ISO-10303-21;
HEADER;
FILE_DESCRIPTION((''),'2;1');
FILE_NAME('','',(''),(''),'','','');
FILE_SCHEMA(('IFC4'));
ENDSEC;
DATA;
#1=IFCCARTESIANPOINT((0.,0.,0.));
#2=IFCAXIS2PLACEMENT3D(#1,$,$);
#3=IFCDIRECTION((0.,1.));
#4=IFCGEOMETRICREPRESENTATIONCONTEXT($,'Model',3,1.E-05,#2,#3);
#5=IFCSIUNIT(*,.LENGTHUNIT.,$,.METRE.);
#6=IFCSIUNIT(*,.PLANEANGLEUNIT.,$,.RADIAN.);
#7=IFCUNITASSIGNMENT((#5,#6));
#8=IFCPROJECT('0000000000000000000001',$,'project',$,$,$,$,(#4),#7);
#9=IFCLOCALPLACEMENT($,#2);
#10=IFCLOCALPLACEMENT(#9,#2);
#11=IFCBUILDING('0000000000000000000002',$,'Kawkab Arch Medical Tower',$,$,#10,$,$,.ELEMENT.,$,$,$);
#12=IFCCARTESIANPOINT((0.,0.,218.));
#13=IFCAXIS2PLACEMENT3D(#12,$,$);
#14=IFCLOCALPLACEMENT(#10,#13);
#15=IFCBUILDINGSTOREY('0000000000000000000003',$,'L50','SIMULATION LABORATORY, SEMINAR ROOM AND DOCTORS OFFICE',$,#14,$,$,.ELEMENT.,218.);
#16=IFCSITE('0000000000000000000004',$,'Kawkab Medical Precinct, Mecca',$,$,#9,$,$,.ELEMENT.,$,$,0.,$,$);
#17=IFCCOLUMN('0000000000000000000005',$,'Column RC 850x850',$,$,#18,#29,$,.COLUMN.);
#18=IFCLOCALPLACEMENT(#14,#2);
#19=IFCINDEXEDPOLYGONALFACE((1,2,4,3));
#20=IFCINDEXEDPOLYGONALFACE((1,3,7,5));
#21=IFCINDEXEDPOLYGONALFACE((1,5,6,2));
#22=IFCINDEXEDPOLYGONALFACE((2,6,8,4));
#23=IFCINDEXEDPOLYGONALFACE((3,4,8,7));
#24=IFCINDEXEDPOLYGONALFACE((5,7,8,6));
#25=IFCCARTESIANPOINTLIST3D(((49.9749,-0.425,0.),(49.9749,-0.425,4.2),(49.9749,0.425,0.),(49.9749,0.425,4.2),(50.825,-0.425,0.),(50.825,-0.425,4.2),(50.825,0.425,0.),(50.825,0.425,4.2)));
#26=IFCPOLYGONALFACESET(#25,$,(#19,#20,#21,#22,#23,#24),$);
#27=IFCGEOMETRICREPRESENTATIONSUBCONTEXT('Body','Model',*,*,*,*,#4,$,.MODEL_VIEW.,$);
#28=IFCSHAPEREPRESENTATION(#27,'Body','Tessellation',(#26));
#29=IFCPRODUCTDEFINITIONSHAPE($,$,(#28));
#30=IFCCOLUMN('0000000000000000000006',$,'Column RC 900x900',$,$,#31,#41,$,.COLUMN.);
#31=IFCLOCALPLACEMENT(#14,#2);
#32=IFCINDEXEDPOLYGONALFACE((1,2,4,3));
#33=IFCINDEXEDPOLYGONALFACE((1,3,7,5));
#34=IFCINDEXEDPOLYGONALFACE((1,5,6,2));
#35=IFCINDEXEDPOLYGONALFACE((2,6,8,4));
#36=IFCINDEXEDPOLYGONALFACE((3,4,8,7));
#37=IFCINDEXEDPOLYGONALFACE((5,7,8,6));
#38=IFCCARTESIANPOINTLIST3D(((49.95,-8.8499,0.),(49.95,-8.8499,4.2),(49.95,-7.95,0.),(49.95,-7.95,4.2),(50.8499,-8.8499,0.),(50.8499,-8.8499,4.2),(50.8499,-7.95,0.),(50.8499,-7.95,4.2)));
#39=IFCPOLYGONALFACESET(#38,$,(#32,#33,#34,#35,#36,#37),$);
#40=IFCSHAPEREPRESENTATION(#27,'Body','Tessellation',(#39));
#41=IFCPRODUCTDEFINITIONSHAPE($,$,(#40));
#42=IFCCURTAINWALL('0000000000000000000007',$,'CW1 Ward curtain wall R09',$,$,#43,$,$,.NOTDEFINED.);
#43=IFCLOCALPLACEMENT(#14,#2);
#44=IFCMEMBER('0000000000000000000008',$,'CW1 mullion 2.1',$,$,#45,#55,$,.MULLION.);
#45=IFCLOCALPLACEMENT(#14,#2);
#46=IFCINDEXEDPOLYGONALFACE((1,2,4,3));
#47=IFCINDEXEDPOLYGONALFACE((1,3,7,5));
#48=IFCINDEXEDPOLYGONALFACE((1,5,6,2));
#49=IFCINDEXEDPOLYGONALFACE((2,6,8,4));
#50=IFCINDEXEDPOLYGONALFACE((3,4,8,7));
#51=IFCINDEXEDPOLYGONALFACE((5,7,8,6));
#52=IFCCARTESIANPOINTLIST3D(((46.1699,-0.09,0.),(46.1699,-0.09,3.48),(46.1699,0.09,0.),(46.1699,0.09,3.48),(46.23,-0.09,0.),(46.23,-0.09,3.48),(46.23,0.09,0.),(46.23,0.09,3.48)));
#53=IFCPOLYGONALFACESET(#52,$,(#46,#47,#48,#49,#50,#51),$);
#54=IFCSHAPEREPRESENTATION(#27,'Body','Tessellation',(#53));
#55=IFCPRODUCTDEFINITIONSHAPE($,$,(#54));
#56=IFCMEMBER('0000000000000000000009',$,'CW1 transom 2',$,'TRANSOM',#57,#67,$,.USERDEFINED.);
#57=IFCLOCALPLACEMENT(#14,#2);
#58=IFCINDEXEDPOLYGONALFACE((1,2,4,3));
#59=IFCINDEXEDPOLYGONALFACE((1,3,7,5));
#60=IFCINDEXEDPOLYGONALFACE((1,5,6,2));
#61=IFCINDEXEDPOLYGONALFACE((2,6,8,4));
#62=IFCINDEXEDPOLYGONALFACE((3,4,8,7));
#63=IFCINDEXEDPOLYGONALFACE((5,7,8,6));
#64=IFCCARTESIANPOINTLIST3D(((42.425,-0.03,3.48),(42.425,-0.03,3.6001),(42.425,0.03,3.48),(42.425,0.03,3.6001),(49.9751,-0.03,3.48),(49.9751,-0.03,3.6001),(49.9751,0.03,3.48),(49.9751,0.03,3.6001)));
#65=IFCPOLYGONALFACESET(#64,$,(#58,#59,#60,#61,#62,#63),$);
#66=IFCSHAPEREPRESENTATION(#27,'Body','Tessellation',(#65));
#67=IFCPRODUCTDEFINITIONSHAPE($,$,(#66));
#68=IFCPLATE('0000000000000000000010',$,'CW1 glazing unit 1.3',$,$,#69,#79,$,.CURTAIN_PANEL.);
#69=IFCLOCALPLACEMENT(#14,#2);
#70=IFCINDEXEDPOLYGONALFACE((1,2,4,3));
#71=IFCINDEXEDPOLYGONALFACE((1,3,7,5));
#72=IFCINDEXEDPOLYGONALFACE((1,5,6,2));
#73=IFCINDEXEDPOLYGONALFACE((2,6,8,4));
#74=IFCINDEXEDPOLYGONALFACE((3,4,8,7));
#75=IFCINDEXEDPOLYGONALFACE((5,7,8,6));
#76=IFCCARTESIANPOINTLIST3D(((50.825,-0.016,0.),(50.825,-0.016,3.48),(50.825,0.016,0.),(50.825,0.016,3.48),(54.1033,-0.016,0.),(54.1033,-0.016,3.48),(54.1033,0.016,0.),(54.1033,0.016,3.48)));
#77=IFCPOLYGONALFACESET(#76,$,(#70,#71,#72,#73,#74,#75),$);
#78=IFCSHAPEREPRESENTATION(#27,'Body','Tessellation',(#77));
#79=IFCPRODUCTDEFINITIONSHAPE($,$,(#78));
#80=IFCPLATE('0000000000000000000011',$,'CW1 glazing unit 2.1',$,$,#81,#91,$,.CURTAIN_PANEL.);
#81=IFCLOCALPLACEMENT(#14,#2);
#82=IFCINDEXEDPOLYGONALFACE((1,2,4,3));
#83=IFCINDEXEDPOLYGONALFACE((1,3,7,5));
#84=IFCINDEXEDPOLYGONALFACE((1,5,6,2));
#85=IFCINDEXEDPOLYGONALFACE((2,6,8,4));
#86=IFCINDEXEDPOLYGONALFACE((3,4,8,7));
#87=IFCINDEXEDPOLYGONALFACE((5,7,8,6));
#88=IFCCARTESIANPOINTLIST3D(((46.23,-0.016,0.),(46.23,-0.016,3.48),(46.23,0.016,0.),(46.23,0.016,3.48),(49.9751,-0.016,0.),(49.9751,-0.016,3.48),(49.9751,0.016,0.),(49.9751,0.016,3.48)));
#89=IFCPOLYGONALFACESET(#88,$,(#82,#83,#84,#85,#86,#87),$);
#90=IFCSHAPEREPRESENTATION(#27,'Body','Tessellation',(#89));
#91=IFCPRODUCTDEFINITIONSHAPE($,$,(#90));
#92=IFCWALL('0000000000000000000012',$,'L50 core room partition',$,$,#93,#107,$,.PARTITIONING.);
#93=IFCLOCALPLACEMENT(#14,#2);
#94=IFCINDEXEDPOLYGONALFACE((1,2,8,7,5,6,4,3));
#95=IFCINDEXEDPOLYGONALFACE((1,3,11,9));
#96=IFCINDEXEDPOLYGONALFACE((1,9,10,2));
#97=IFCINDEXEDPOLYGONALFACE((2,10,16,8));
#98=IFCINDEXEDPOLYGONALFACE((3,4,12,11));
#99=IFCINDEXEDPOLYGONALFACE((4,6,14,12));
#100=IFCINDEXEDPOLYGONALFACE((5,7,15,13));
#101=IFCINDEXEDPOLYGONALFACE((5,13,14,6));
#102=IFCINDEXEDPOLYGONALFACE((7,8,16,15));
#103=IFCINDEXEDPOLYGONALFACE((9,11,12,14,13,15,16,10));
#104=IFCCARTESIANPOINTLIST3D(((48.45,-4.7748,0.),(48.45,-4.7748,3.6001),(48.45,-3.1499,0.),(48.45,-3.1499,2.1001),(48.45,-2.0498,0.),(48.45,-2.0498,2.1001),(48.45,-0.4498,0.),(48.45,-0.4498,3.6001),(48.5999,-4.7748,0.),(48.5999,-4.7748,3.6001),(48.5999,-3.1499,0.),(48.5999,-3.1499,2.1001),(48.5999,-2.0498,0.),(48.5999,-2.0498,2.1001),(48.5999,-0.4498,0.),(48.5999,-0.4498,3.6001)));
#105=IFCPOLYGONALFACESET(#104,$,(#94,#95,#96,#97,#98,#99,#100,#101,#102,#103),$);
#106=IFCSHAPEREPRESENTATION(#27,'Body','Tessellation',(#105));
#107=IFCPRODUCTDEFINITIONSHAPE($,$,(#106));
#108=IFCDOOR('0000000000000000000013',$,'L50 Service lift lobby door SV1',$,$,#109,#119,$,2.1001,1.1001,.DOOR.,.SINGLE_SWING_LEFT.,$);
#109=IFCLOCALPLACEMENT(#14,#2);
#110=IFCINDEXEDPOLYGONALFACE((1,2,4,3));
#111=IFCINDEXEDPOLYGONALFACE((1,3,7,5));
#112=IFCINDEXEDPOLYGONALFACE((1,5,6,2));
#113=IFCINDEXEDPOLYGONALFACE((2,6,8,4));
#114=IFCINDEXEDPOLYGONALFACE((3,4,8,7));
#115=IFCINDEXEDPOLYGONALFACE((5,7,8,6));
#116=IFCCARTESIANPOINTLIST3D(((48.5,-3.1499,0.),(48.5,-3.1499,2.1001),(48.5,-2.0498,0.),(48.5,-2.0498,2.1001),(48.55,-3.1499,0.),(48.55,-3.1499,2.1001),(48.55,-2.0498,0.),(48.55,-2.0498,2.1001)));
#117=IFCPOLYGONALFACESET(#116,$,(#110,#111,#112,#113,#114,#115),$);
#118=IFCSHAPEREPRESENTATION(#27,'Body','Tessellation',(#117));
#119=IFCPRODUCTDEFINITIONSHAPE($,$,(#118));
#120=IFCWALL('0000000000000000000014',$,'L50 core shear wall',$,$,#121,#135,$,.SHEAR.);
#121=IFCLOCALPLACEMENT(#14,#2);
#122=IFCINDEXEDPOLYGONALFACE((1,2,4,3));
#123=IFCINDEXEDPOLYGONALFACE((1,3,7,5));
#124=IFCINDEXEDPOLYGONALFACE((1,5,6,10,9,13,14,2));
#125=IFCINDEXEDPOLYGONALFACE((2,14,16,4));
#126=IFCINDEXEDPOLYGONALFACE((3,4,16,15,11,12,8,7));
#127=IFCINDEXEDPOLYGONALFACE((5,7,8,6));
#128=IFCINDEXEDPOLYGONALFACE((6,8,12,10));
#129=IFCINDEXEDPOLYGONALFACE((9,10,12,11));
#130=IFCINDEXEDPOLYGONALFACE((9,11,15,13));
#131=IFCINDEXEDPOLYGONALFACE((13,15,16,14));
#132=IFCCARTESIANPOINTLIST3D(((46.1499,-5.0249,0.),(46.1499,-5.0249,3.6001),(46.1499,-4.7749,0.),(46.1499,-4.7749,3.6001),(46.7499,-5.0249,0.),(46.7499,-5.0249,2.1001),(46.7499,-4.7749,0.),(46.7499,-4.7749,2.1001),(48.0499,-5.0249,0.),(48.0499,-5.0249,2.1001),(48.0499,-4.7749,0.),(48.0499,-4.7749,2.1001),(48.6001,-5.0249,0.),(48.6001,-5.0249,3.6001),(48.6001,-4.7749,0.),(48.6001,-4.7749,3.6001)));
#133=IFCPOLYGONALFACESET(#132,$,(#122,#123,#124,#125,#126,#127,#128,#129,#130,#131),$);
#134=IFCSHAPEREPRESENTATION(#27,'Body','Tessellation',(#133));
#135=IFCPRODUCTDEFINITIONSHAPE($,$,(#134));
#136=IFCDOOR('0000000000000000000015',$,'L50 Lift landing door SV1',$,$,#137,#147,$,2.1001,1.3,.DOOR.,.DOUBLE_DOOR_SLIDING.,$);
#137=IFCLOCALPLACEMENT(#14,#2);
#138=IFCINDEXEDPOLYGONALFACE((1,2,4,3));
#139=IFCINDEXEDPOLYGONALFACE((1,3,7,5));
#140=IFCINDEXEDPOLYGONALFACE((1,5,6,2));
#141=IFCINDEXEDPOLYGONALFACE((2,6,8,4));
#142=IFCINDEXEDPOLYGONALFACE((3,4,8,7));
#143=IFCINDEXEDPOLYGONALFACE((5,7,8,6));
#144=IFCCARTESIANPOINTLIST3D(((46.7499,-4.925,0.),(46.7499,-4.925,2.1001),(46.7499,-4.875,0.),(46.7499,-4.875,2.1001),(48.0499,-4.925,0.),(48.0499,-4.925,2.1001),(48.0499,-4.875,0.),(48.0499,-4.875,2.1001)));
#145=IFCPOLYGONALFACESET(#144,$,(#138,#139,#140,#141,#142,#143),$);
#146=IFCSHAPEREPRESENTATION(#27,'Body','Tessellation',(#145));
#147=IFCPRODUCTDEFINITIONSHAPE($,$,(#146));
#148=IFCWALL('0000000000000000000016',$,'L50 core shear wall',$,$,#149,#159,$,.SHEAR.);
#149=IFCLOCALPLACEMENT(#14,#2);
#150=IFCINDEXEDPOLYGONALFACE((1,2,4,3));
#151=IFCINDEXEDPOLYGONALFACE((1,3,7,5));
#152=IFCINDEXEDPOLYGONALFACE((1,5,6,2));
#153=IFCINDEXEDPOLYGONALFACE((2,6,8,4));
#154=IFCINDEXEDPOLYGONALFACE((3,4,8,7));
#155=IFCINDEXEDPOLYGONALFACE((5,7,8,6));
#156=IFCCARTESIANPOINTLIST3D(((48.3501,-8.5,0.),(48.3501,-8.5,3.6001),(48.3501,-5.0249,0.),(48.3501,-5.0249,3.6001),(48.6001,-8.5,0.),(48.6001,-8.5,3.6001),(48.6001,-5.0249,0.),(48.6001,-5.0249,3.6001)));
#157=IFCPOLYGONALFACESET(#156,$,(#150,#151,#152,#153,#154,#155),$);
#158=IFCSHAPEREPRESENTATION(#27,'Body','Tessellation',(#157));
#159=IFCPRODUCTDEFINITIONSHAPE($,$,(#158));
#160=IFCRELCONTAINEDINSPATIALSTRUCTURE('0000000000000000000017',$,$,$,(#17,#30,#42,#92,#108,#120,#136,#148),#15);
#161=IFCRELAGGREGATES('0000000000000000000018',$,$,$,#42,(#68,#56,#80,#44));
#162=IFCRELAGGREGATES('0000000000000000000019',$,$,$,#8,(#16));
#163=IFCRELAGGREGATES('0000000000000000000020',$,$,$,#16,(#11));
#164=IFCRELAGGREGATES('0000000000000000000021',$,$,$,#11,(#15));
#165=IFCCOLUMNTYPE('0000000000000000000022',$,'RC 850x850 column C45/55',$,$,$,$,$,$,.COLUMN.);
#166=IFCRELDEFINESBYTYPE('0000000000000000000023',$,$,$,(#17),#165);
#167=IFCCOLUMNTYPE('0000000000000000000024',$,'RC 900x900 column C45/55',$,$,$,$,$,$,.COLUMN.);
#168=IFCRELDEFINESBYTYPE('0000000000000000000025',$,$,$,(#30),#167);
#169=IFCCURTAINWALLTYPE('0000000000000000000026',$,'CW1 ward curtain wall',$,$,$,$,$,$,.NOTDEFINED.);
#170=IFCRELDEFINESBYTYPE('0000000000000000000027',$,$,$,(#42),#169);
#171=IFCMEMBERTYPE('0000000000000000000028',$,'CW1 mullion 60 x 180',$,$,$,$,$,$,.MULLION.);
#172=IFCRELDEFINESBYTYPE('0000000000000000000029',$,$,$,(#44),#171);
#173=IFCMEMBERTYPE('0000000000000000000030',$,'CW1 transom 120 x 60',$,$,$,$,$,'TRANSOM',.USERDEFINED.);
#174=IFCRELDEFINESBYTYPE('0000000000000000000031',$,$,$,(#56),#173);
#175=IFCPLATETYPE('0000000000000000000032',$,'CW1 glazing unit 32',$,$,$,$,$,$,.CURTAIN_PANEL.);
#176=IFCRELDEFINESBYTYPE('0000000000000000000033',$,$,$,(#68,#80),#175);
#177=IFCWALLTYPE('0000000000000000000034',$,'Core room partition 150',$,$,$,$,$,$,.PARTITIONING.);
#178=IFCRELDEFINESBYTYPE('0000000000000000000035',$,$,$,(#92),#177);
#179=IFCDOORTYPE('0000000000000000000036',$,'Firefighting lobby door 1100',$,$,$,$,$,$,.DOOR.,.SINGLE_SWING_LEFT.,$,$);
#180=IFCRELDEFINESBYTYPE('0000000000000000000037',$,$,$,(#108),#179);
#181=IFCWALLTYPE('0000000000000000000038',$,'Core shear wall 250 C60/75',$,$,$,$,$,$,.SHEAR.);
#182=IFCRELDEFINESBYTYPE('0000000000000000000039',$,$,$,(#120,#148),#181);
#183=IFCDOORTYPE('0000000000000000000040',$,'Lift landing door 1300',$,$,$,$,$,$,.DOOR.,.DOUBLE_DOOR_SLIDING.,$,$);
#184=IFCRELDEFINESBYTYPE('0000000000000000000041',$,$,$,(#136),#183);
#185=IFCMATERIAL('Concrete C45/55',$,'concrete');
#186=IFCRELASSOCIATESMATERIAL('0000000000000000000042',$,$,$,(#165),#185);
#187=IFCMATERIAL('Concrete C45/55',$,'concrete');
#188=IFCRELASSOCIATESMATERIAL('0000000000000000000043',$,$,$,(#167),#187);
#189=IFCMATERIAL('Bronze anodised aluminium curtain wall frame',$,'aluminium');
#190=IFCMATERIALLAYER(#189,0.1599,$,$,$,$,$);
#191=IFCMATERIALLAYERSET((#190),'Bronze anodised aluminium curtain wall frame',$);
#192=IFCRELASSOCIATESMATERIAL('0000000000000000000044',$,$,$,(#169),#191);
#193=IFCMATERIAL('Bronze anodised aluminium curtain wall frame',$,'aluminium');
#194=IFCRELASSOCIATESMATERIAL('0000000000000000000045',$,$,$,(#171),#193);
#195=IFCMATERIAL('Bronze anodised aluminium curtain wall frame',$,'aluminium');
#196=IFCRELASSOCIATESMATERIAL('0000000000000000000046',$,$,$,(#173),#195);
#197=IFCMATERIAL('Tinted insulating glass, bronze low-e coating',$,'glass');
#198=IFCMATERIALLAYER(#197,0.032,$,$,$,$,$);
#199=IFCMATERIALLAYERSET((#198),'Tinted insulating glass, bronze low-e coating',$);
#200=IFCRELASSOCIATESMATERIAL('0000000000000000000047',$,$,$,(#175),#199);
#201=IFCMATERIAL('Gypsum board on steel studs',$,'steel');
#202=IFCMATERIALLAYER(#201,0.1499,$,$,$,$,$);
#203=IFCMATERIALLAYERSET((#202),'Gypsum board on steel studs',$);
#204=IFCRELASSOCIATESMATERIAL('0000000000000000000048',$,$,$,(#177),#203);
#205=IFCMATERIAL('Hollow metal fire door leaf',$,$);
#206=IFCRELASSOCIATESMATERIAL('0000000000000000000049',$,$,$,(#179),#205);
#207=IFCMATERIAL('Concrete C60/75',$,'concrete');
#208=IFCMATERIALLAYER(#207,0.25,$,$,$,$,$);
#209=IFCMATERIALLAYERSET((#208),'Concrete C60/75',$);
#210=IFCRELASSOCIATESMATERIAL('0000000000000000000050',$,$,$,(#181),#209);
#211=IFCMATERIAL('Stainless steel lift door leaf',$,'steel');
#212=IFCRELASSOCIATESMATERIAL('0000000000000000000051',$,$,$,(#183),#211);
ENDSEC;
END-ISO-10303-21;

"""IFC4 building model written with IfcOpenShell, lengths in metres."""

from ifc_helpers import new_model, si_unit, direction, frame, frame_2d, origin, origin_2d, place, context, subcontext, project, spatial, rectangle, extrude, material, layer, layer_set, material_profile, profile_set, type_object, element, fill, aggregate, save


model = new_model("IFC4")

# Units and contexts
model_context = context("Model", 3, precision=1e-05, world=origin(), true_north=direction((0.0, 1.0)))
body_context = subcontext(model_context, "Body", "Model", "MODEL_VIEW")
ifc_project = project(units=[si_unit("LENGTHUNIT", "METRE"), si_unit("PLANEANGLEUNIT", "RADIAN")], contexts=[model_context])

# Site, building, storey
site_placement = place(None, origin())
site = spatial("IfcSite", under=ifc_project, at=site_placement, Name="Kawkab Medical Precinct, Mecca", CompositionType="ELEMENT", RefElevation=0.0)
building_placement = place(site_placement, origin())
building = spatial("IfcBuilding", under=site, at=building_placement, Name="Kawkab Arch Medical Tower", CompositionType="ELEMENT")
storey_placement = place(building_placement, frame((0.0, 0.0, 218.0)))
storey = spatial("IfcBuildingStorey", under=building, at=storey_placement, Name="L50", Description="SIMULATION LABORATORY, SEMINAR ROOM AND DOCTORS OFFICE", CompositionType="ELEMENT", Elevation=218.0)

# Columns
ifc_material_1 = material(Name="Concrete C45/55", Category="concrete")
ifc_material_profile_1 = material_profile(ifc_material_1, rectangle(XDim=0.8501, YDim=0.8501, at=origin_2d()), Name="RC 850x850")
ifc_profile_set_1 = profile_set([ifc_material_profile_1], Name="Concrete C45/55")
column_type_1 = type_object("IfcColumnType", Name="RC 850x850 column C45/55", PredefinedType="COLUMN", material=ifc_profile_set_1)
column_1_placement = place(storey_placement, frame((50.3999, 0.0, 0.0), z_axis=(0.0, 0.0, 1.0), x_axis=(1.0, 0.0, 0.0)))
element("IfcColumn", 1, at=column_1_placement, inside=storey, type_object=column_type_1, Name="Column RC 850x850", PredefinedType="COLUMN", context=body_context, shape_type="SweptSolid", body=[
    extrude(rectangle(XDim=0.8501, YDim=0.8501, at=origin_2d()), origin(), (0.0, 0.0, 1.0), 4.2),
])
ifc_material_2 = material(Name="Concrete C45/55", Category="concrete")
ifc_material_profile_2 = material_profile(ifc_material_2, rectangle(XDim=0.8999, YDim=0.8999, at=origin_2d()), Name="RC 900x900")
ifc_profile_set_2 = profile_set([ifc_material_profile_2], Name="Concrete C45/55")
column_type_2 = type_object("IfcColumnType", Name="RC 900x900 column C45/55", PredefinedType="COLUMN", material=ifc_profile_set_2)
column_2_placement = place(storey_placement, frame((50.3999, -8.3999, 0.0), z_axis=(0.0, 0.0, 1.0), x_axis=(1.0, 0.0, 0.0)))
element("IfcColumn", 2, at=column_2_placement, inside=storey, type_object=column_type_2, Name="Column RC 900x900", PredefinedType="COLUMN", context=body_context, shape_type="SweptSolid", body=[
    extrude(rectangle(XDim=0.8999, YDim=0.8999, at=origin_2d()), origin(), (0.0, 0.0, 1.0), 4.2),
])

# Curtain wall, members, plates
ifc_material_3 = material(Name="Bronze anodised aluminium curtain wall frame", Category="aluminium")
ifc_layer_1 = layer(ifc_material_3, 0.1599)
ifc_layer_set_1 = layer_set([ifc_layer_1], Name="Bronze anodised aluminium curtain wall frame")
curtain_wall_type = type_object("IfcCurtainWallType", Name="CW1 ward curtain wall", PredefinedType="NOTDEFINED", material=ifc_layer_set_1)
placement = place(storey_placement, origin())
curtain_wall = element("IfcCurtainWall", 3, at=placement, inside=storey, type_object=curtain_wall_type, Name="CW1 Ward curtain wall R09", PredefinedType="NOTDEFINED")
ifc_material_4 = material(Name="Bronze anodised aluminium curtain wall frame", Category="aluminium")
ifc_material_profile_3 = material_profile(ifc_material_4, rectangle(XDim=0.1799, YDim=0.0601, at=origin_2d()), Name="AL 60x180")
ifc_profile_set_3 = profile_set([ifc_material_profile_3], Name="Bronze anodised aluminium curtain wall frame")
member_type_1 = type_object("IfcMemberType", Name="CW1 mullion 60 x 180", PredefinedType="MULLION", material=ifc_profile_set_3)
member_1_placement = place(storey_placement, frame((46.2, 0.0, 0.0), z_axis=(0.0, 0.0, 1.0), x_axis=(0.0, -1.0, 0.0)))
member_1 = element("IfcMember", 4, at=member_1_placement, type_object=member_type_1, Name="CW1 mullion 2.1", PredefinedType="MULLION", context=body_context, shape_type="SweptSolid", body=[
    extrude(rectangle(XDim=0.1799, YDim=0.0601, at=origin_2d()), origin(), (0.0, 0.0, 1.0), 3.48),
])
ifc_material_5 = material(Name="Bronze anodised aluminium curtain wall frame", Category="aluminium")
ifc_material_profile_4 = material_profile(ifc_material_5, rectangle(XDim=0.0601, YDim=0.1201, at=origin_2d()), Name="AL 60x120")
ifc_profile_set_4 = profile_set([ifc_material_profile_4], Name="Bronze anodised aluminium curtain wall frame")
member_type_2 = type_object("IfcMemberType", Name="CW1 transom 120 x 60", ElementType="TRANSOM", PredefinedType="USERDEFINED", material=ifc_profile_set_4)
member_2_placement = place(storey_placement, frame((49.9751, 0.0, 3.54), z_axis=(-1.0, 0.0, 0.0), x_axis=(0.0, -1.0, 0.0)))
member_2 = element("IfcMember", 5, at=member_2_placement, type_object=member_type_2, Name="CW1 transom 2", ObjectType="TRANSOM", PredefinedType="USERDEFINED", context=body_context, shape_type="SweptSolid", body=[
    extrude(rectangle(XDim=0.0601, YDim=0.1201, at=origin_2d()), origin(), (0.0, 0.0, 1.0), 7.55),
])
ifc_material_6 = material(Name="Tinted insulating glass, bronze low-e coating", Category="glass")
ifc_layer_2 = layer(ifc_material_6, 0.032)
ifc_layer_set_2 = layer_set([ifc_layer_2], Name="Tinted insulating glass, bronze low-e coating")
plate_type = type_object("IfcPlateType", Name="CW1 glazing unit 32", PredefinedType="CURTAIN_PANEL", material=ifc_layer_set_2)
plate_1_placement = place(storey_placement, frame((52.4641, 0.0, 0.0), z_axis=(0.0, 0.0, 1.0), x_axis=(-1.0, 0.0, 0.0)))
plate_1 = element("IfcPlate", 6, at=plate_1_placement, type_object=plate_type, Name="CW1 glazing unit 1.3", PredefinedType="CURTAIN_PANEL", context=body_context, shape_type="SweptSolid", body=[
    extrude(rectangle(XDim=3.2783, YDim=0.032, at=origin_2d()), origin(), (0.0, 0.0, 1.0), 3.48),
])
plate_2_placement = place(storey_placement, frame((48.1025, 0.0, 0.0), z_axis=(0.0, 0.0, 1.0), x_axis=(-1.0, 0.0, 0.0)))
plate_2 = element("IfcPlate", 7, at=plate_2_placement, type_object=plate_type, Name="CW1 glazing unit 2.1", PredefinedType="CURTAIN_PANEL", context=body_context, shape_type="SweptSolid", body=[
    extrude(rectangle(XDim=3.7451, YDim=0.032, at=origin_2d()), origin(), (0.0, 0.0, 1.0), 3.48),
])
aggregate(curtain_wall, [plate_1, member_2, plate_2, member_1])

# Walls, openings, doors
ifc_material_7 = material(Name="Gypsum board on steel studs", Category="steel")
ifc_layer_3 = layer(ifc_material_7, 0.1499)
ifc_layer_set_3 = layer_set([ifc_layer_3], Name="Gypsum board on steel studs")
wall_type_1 = type_object("IfcWallType", Name="Core room partition 150", PredefinedType="PARTITIONING", material=ifc_layer_set_3)
wall_1_placement = place(storey_placement, frame((48.5249, -4.7749, 0.0), z_axis=(0.0, 0.0, 1.0), x_axis=(0.0, 1.0, 0.0)))
wall_1 = element("IfcWall", 8, at=wall_1_placement, inside=storey, type_object=wall_type_1, Name="L50 core room partition", PredefinedType="PARTITIONING", context=body_context, shape_type="SweptSolid", body=[
    extrude(rectangle(XDim=4.325, YDim=0.1499, at=frame_2d((2.1626, 0.0))), origin(), (0.0, 0.0, 1.0), 3.6001),
])
opening_1_placement = place(wall_1_placement, frame((1.625, 0.0, 0.0)))
opening_1 = element("IfcOpeningElement", 9, at=opening_1_placement, cuts=wall_1, PredefinedType="OPENING", context=body_context, shape_type="SweptSolid", body=[
    extrude(rectangle(XDim=1.1001, YDim=2.1001, at=frame_2d((0.55, 1.05))), frame((0.0, 0.085, 0.0), z_axis=(0.0, -1.0, 0.0), x_axis=(1.0, 0.0, 0.0)), (0.0, 0.0, 1.0), 0.1699),
])
ifc_material_8 = material(Name="Hollow metal fire door leaf")
door_type_1 = type_object("IfcDoorType", Name="Firefighting lobby door 1100", OperationType="SINGLE_SWING_LEFT", PredefinedType="DOOR", material=ifc_material_8)
door_1_placement = place(opening_1_placement, origin())
door_1 = element("IfcDoor", 10, at=door_1_placement, inside=storey, type_object=door_type_1, Name="L50 Service lift lobby door SV1", OperationType="SINGLE_SWING_LEFT", OverallHeight=2.1001, OverallWidth=1.1001, PredefinedType="DOOR", context=body_context, shape_type="SweptSolid", body=[
    extrude(rectangle(XDim=1.1001, YDim=2.1001, at=frame_2d((0.55, 1.05))), frame((0.0, 0.0249, 0.0), z_axis=(0.0, -1.0, 0.0), x_axis=(1.0, 0.0, 0.0)), (0.0, 0.0, 1.0), 0.05),
])
fill(opening_1, door_1)
ifc_material_9 = material(Name="Concrete C60/75", Category="concrete")
ifc_layer_4 = layer(ifc_material_9, 0.25)
ifc_layer_set_4 = layer_set([ifc_layer_4], Name="Concrete C60/75")
wall_type_2 = type_object("IfcWallType", Name="Core shear wall 250 C60/75", PredefinedType="SHEAR", material=ifc_layer_set_4)
wall_2_placement = place(storey_placement, frame((46.1499, -4.8999, 0.0), z_axis=(0.0, 0.0, 1.0), x_axis=(1.0, 0.0, 0.0)))
wall_2 = element("IfcWall", 11, at=wall_2_placement, inside=storey, type_object=wall_type_2, Name="L50 core shear wall", PredefinedType="SHEAR", context=body_context, shape_type="SweptSolid", body=[
    extrude(rectangle(XDim=2.4502, YDim=0.25, at=frame_2d((1.2251, 0.0))), origin(), (0.0, 0.0, 1.0), 3.6001),
])
opening_2_placement = place(wall_2_placement, frame((0.6001, 0.0, 0.0)))
opening_2 = element("IfcOpeningElement", 12, at=opening_2_placement, cuts=wall_2, PredefinedType="OPENING", context=body_context, shape_type="SweptSolid", body=[
    extrude(rectangle(XDim=1.3, YDim=2.1001, at=frame_2d((0.6499, 1.05))), frame((0.0, 0.135, 0.0), z_axis=(0.0, -1.0, 0.0), x_axis=(1.0, 0.0, 0.0)), (0.0, 0.0, 1.0), 0.27),
])
ifc_material_10 = material(Name="Stainless steel lift door leaf", Category="steel")
door_type_2 = type_object("IfcDoorType", Name="Lift landing door 1300", OperationType="DOUBLE_DOOR_SLIDING", PredefinedType="DOOR", material=ifc_material_10)
door_2_placement = place(opening_2_placement, origin())
door_2 = element("IfcDoor", 13, at=door_2_placement, inside=storey, type_object=door_type_2, Name="L50 Lift landing door SV1", OperationType="DOUBLE_DOOR_SLIDING", OverallHeight=2.1001, OverallWidth=1.3, PredefinedType="DOOR", context=body_context, shape_type="SweptSolid", body=[
    extrude(rectangle(XDim=1.3, YDim=2.1001, at=frame_2d((0.6499, 1.05))), frame((0.0, 0.0249, 0.0), z_axis=(0.0, -1.0, 0.0), x_axis=(1.0, 0.0, 0.0)), (0.0, 0.0, 1.0), 0.05),
])
fill(opening_2, door_2)

# Wall
wall_3_placement = place(storey_placement, frame((48.4751, -8.5, 0.0), z_axis=(0.0, 0.0, 1.0), x_axis=(0.0, 1.0, 0.0)))
element("IfcWall", 14, at=wall_3_placement, inside=storey, type_object=wall_type_2, Name="L50 core shear wall", PredefinedType="SHEAR", context=body_context, shape_type="SweptSolid", body=[
    extrude(rectangle(XDim=3.4751, YDim=0.25, at=frame_2d((1.7375, 0.0))), origin(), (0.0, 0.0, 1.0), 3.6001),
])

save(model, "model.ifc")
